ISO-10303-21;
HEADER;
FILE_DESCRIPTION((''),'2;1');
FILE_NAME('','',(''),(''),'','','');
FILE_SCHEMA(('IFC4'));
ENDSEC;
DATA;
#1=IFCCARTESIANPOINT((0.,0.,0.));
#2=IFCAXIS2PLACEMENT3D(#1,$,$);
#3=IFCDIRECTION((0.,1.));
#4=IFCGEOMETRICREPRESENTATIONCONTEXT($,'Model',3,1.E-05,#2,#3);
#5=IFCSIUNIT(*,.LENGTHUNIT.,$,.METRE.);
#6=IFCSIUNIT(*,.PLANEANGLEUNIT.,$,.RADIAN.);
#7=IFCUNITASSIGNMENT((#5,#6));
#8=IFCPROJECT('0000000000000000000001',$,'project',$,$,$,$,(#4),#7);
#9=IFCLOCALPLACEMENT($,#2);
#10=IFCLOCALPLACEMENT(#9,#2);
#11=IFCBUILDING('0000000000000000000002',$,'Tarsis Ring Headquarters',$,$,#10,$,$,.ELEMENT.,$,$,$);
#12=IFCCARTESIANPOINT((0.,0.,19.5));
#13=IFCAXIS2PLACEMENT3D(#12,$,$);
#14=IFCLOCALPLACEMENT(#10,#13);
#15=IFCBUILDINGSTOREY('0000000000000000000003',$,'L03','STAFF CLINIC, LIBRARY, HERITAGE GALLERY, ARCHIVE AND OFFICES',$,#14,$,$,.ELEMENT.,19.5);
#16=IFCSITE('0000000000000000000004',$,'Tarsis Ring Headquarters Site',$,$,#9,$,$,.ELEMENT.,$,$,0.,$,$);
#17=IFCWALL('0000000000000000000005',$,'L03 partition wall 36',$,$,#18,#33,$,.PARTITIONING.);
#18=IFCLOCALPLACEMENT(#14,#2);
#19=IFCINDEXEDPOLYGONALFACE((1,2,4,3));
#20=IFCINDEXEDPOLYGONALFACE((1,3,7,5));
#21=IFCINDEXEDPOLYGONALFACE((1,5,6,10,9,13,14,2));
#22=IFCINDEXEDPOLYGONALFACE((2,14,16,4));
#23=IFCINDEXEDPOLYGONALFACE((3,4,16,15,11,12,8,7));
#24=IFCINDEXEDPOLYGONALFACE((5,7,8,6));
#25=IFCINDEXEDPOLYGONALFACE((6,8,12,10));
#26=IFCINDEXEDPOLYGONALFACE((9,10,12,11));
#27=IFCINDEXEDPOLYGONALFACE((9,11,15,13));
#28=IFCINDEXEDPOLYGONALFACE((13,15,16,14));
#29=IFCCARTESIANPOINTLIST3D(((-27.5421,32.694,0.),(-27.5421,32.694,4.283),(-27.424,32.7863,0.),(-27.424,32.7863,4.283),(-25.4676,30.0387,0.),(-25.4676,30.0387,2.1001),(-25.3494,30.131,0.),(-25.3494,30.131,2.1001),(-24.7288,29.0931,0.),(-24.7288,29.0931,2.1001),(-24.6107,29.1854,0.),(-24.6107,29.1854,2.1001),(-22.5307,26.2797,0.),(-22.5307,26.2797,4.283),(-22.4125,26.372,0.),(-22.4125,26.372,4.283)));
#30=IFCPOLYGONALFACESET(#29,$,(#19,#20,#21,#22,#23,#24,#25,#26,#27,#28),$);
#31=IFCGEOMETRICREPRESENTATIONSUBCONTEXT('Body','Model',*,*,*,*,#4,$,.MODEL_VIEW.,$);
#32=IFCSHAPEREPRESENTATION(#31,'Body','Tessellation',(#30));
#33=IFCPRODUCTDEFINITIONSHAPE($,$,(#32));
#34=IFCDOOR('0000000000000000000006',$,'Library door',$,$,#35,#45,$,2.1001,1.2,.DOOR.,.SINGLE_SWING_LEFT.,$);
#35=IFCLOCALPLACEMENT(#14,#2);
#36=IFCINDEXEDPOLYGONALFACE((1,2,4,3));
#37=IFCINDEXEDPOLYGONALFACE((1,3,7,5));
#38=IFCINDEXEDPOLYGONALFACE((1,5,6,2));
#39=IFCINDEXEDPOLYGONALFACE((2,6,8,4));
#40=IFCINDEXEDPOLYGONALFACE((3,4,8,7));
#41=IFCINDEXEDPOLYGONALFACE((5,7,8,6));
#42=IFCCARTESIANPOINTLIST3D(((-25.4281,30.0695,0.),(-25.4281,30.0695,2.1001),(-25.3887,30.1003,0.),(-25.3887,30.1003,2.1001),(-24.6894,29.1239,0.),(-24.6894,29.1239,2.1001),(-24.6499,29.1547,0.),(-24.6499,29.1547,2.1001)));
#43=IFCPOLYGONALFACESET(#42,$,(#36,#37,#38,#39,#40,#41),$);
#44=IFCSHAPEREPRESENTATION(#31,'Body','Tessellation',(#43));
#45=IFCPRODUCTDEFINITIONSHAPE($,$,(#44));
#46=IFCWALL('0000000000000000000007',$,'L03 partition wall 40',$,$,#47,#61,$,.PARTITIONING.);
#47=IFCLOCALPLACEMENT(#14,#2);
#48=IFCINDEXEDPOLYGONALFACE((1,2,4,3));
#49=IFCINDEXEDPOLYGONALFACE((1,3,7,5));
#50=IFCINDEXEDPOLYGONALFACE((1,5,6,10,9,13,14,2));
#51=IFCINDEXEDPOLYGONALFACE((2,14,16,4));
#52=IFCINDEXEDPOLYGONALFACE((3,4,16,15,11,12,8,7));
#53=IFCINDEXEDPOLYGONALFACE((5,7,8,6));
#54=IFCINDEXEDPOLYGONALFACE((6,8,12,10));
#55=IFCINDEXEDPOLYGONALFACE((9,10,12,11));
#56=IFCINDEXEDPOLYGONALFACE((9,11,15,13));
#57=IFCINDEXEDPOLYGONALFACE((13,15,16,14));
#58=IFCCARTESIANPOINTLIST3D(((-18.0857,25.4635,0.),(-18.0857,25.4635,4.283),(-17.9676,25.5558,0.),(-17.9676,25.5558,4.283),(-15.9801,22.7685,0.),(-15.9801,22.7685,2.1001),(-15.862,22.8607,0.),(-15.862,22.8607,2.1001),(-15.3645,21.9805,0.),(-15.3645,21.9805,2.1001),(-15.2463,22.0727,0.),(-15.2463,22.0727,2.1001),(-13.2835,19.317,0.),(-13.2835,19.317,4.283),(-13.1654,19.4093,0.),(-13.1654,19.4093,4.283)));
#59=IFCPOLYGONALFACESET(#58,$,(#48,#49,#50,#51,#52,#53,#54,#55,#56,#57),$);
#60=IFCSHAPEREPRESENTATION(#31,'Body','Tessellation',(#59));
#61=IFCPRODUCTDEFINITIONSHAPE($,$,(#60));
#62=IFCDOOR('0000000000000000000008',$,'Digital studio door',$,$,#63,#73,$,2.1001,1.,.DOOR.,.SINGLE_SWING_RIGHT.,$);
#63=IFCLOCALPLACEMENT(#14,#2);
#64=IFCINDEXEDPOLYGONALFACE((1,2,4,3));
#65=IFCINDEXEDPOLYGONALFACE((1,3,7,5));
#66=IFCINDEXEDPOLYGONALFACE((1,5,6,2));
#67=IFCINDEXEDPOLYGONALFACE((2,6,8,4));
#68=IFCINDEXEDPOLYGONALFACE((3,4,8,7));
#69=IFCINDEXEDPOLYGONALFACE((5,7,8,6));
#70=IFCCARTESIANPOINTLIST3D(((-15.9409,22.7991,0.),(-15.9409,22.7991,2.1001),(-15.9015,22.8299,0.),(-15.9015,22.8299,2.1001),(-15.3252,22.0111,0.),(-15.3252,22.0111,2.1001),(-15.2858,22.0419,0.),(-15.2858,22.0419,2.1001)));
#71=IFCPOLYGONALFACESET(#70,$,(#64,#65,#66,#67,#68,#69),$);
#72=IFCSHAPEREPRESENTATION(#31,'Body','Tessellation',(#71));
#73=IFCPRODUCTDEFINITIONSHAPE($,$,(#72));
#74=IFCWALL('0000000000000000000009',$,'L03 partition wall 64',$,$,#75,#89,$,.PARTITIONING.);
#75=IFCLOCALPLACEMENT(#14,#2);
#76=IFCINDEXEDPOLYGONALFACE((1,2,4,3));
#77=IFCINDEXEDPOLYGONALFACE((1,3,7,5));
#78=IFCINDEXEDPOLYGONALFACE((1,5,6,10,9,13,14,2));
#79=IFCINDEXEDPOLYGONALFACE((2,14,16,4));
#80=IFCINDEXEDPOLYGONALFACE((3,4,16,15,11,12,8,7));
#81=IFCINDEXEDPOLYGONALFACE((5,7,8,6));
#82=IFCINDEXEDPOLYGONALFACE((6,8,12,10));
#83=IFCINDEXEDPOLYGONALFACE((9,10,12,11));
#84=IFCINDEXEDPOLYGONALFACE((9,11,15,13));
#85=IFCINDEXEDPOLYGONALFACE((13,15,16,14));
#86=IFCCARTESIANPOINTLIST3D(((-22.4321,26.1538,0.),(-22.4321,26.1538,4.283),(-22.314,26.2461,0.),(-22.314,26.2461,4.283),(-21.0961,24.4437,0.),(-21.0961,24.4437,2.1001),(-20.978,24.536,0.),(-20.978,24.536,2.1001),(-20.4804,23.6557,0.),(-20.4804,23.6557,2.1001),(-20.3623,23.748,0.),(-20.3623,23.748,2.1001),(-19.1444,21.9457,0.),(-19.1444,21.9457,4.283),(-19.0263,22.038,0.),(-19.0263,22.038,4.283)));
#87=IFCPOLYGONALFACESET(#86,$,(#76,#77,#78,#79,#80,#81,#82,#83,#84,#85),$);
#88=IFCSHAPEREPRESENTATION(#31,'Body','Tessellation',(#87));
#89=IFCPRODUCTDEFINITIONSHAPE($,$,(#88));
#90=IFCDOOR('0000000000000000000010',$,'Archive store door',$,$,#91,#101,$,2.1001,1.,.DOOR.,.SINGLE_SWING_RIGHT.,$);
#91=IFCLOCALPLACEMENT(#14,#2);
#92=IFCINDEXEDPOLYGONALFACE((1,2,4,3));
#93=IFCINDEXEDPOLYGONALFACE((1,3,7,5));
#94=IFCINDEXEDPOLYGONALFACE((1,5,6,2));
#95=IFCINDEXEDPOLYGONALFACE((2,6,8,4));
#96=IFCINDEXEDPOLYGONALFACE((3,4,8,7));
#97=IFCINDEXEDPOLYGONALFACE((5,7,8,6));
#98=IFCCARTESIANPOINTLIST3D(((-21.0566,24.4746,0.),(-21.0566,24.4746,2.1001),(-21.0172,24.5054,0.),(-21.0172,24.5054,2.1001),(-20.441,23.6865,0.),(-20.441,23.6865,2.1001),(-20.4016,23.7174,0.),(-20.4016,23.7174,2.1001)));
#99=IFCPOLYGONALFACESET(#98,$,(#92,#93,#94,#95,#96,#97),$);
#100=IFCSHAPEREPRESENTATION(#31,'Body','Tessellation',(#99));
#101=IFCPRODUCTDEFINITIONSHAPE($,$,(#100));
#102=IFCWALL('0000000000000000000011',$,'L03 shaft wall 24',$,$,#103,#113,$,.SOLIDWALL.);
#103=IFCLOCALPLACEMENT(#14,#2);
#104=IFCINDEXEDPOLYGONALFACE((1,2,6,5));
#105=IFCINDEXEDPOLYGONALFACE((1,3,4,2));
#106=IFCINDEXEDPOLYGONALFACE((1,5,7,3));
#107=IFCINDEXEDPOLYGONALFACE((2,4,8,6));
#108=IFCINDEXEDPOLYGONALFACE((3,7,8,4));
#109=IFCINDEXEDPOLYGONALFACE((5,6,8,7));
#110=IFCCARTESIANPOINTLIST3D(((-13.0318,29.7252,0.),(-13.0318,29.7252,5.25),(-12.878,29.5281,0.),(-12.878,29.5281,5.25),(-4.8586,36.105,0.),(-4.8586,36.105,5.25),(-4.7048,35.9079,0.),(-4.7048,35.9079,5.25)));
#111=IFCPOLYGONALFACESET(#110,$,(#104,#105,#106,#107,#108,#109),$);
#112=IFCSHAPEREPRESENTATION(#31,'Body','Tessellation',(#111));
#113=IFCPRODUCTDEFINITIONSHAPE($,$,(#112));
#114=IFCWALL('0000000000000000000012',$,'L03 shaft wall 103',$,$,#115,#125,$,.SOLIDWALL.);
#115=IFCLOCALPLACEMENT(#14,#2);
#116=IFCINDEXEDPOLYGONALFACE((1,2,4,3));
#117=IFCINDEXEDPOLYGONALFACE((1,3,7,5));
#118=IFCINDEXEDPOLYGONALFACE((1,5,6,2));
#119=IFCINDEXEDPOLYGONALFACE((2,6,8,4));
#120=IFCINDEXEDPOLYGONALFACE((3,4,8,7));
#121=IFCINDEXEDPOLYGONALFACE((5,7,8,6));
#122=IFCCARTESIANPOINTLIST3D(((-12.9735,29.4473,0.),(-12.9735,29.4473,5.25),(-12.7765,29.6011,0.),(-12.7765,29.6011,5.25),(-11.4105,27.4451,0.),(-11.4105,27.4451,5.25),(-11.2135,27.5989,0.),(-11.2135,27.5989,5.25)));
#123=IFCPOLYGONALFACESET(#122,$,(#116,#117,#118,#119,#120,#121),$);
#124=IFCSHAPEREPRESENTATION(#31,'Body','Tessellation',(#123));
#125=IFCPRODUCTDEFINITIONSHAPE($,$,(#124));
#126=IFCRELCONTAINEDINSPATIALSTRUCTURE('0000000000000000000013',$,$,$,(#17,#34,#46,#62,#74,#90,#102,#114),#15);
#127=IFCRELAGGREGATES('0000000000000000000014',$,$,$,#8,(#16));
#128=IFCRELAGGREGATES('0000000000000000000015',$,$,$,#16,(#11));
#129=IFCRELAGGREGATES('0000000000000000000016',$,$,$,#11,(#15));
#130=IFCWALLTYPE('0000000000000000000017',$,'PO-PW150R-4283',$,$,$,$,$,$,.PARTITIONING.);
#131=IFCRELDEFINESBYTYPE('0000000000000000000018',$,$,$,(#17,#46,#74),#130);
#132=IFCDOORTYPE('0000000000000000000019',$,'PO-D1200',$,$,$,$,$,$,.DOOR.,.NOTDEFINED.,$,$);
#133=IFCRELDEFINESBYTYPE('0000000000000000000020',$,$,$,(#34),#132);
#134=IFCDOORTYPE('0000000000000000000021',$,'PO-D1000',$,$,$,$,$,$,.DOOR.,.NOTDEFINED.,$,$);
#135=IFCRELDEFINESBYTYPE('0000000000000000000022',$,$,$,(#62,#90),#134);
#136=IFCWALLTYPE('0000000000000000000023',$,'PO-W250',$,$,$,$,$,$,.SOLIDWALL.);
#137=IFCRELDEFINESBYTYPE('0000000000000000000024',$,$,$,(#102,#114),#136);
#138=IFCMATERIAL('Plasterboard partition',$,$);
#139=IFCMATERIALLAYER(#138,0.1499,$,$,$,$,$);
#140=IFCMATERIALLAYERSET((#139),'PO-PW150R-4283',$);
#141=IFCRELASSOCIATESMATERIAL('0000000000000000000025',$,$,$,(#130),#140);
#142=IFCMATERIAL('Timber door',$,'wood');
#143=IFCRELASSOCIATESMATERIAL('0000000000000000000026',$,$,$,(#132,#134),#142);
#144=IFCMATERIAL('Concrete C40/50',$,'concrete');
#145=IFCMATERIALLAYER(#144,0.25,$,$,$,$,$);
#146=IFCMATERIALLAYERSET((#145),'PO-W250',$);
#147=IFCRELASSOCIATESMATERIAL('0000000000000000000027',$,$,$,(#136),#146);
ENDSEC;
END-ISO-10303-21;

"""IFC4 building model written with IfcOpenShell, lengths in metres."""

from ifc_helpers import new_model, si_unit, direction, frame, frame_2d, origin, place, context, subcontext, project, spatial, rectangle, extrude, material, layer, layer_set, type_object, element, fill, save


model = new_model("IFC4")

# Units and contexts
model_context = context("Model", 3, precision=1e-05, world=origin(), true_north=direction((0.0, 1.0)))
body_context = subcontext(model_context, "Body", "Model", "MODEL_VIEW")
ifc_project = project(units=[si_unit("LENGTHUNIT", "METRE"), si_unit("PLANEANGLEUNIT", "RADIAN")], contexts=[model_context])

# Site, building, storey
site_placement = place(None, origin())
site = spatial("IfcSite", under=ifc_project, at=site_placement, Name="Tarsis Ring Headquarters Site", CompositionType="ELEMENT", RefElevation=0.0)
building_placement = place(site_placement, origin())
building = spatial("IfcBuilding", under=site, at=building_placement, Name="Tarsis Ring Headquarters", CompositionType="ELEMENT")
storey_placement = place(building_placement, frame((0.0, 0.0, 19.5)))
storey = spatial("IfcBuildingStorey", under=building, at=storey_placement, Name="L03", Description="STAFF CLINIC, LIBRARY, HERITAGE GALLERY, ARCHIVE AND OFFICES", CompositionType="ELEMENT", Elevation=19.5)

# Shared definitions
ifc_material_1 = material(Name="Concrete C40/50", Category="concrete")

# Shared definitions
ifc_material_2 = material(Name="Plasterboard partition")

# Walls, openings, doors
ifc_layer_1 = layer(ifc_material_2, 0.1499)
ifc_layer_set_1 = layer_set([ifc_layer_1], Name="PO-PW150R-4283")
wall_type_1 = type_object("IfcWallType", Name="PO-PW150R-4283", PredefinedType="PARTITIONING", material=ifc_layer_set_1)
ifc_material_3 = material(Name="Timber door", Category="wood")
door_type_1 = type_object("IfcDoorType", Name="PO-D1200", OperationType="NOTDEFINED", PredefinedType="DOOR", material=ifc_material_3)
wall_1_placement = place(storey_placement, frame((-22.4717, 26.3259, 0.0), z_axis=(0.0, 0.0, 1.0), x_axis=(-0.615667, 0.788007, 0.0)))
wall_1 = element("IfcWall", 1, at=wall_1_placement, inside=storey, type_object=wall_type_1, Name="L03 partition wall 36", PredefinedType="PARTITIONING", context=body_context, shape_type="SweptSolid", body=[
    extrude(rectangle(XDim=8.1399, YDim=0.1499, at=frame_2d((4.0698, 0.0))), origin(), (0.0, 0.0, 1.0), 4.283),
])
opening_1_placement = place(wall_1_placement, frame((3.5701, 0.0, 0.0)))
opening_1 = element("IfcOpeningElement", 2, at=opening_1_placement, cuts=wall_1, PredefinedType="OPENING", context=body_context, shape_type="SweptSolid", body=[
    extrude(rectangle(XDim=1.2, YDim=2.1001, at=frame_2d((0.6001, 1.05))), frame((0.0, 0.085, 0.0), z_axis=(0.0, -1.0, 0.0), x_axis=(1.0, 0.0, 0.0)), (0.0, 0.0, 1.0), 0.1699),
])
door_1_placement = place(opening_1_placement, origin())
door_1 = element("IfcDoor", 3, at=door_1_placement, inside=storey, type_object=door_type_1, Name="Library door", OperationType="SINGLE_SWING_LEFT", OverallHeight=2.1001, OverallWidth=1.2, PredefinedType="DOOR", context=body_context, shape_type="SweptSolid", body=[
    extrude(rectangle(XDim=1.2, YDim=2.1001, at=frame_2d((0.6001, 1.05))), frame((0.0, 0.0249, 0.0), z_axis=(0.0, -1.0, 0.0), x_axis=(1.0, 0.0, 0.0)), (0.0, 0.0, 1.0), 0.05),
])
fill(opening_1, door_1)
wall_2_placement = place(storey_placement, frame((-18.0266, 25.5095, 0.0), z_axis=(0.0, 0.0, 1.0), x_axis=(0.615668, -0.788005, 0.0)))
wall_2 = element("IfcWall", 4, at=wall_2_placement, inside=storey, type_object=wall_type_1, Name="L03 partition wall 40", PredefinedType="PARTITIONING", context=body_context, shape_type="SweptSolid", body=[
    extrude(rectangle(XDim=7.8, YDim=0.1499, at=frame_2d((3.8999, 0.0))), origin(), (0.0, 0.0, 1.0), 4.283),
])
opening_2_placement = place(wall_2_placement, frame((3.4199, 0.0, 0.0)))
opening_2 = element("IfcOpeningElement", 5, at=opening_2_placement, cuts=wall_2, PredefinedType="OPENING", context=body_context, shape_type="SweptSolid", body=[
    extrude(rectangle(XDim=1.0, YDim=2.1001, at=frame_2d((0.5, 1.05))), frame((0.0, 0.085, 0.0), z_axis=(0.0, -1.0, 0.0), x_axis=(1.0, 0.0, 0.0)), (0.0, 0.0, 1.0), 0.1699),
])
door_type_2 = type_object("IfcDoorType", Name="PO-D1000", OperationType="NOTDEFINED", PredefinedType="DOOR", material=ifc_material_3)
door_2_placement = place(opening_2_placement, origin())
door_2 = element("IfcDoor", 6, at=door_2_placement, inside=storey, type_object=door_type_2, Name="Digital studio door", OperationType="SINGLE_SWING_RIGHT", OverallHeight=2.1001, OverallWidth=1.0, PredefinedType="DOOR", context=body_context, shape_type="SweptSolid", body=[
    extrude(rectangle(XDim=1.0, YDim=2.1001, at=frame_2d((0.5, 1.05))), frame((0.0, 0.0249, 0.0), z_axis=(0.0, -1.0, 0.0), x_axis=(1.0, 0.0, 0.0)), (0.0, 0.0, 1.0), 0.05),
])
fill(opening_2, door_2)
wall_3_placement = place(storey_placement, frame((-19.0854, 21.9919, 0.0), z_axis=(0.0, 0.0, 1.0), x_axis=(-0.615655, 0.788016, 0.0)))
wall_3 = element("IfcWall", 7, at=wall_3_placement, inside=storey, type_object=wall_type_1, Name="L03 partition wall 64", PredefinedType="PARTITIONING", context=body_context, shape_type="SweptSolid", body=[
    extrude(rectangle(XDim=5.3401, YDim=0.1499, at=frame_2d((2.6699, 0.0))), origin(), (0.0, 0.0, 1.0), 4.283),
])
opening_3_placement = place(wall_3_placement, frame((2.1699, 0.0, 0.0)))
opening_3 = element("IfcOpeningElement", 8, at=opening_3_placement, cuts=wall_3, PredefinedType="OPENING", context=body_context, shape_type="SweptSolid", body=[
    extrude(rectangle(XDim=1.0, YDim=2.1001, at=frame_2d((0.5, 1.05))), frame((0.0, 0.085, 0.0), z_axis=(0.0, -1.0, 0.0), x_axis=(1.0, 0.0, 0.0)), (0.0, 0.0, 1.0), 0.1699),
])
door_3_placement = place(opening_3_placement, origin())
door_3 = element("IfcDoor", 9, at=door_3_placement, inside=storey, type_object=door_type_2, Name="Archive store door", OperationType="SINGLE_SWING_RIGHT", OverallHeight=2.1001, OverallWidth=1.0, PredefinedType="DOOR", context=body_context, shape_type="SweptSolid", body=[
    extrude(rectangle(XDim=1.0, YDim=2.1001, at=frame_2d((0.5, 1.05))), frame((0.0, 0.0249, 0.0), z_axis=(0.0, -1.0, 0.0), x_axis=(1.0, 0.0, 0.0)), (0.0, 0.0, 1.0), 0.05),
])
fill(opening_3, door_3)

# Walls
ifc_layer_2 = layer(ifc_material_1, 0.25)
ifc_layer_set_2 = layer_set([ifc_layer_2], Name="PO-W250")
wall_type_2 = type_object("IfcWallType", Name="PO-W250", PredefinedType="SOLIDWALL", material=ifc_layer_set_2)
wall_4_placement = place(storey_placement, frame((-12.9548, 29.6267, 0.0), z_axis=(0.0, 0.0, 1.0), x_axis=(0.788283, 0.615312, 0.0)))
element("IfcWall", 10, at=wall_4_placement, inside=storey, type_object=wall_type_2, Name="L03 shaft wall 24", PredefinedType="SOLIDWALL", context=body_context, shape_type="SweptSolid", body=[
    extrude(rectangle(XDim=10.3684, YDim=0.25, at=frame_2d((5.1841, 0.0))), origin(), (0.0, 0.0, 1.0), 5.25),
])
wall_5_placement = place(storey_placement, frame((-11.312, 27.522, 0.0), z_axis=(0.0, 0.0, 1.0), x_axis=(-0.615344, 0.788259, 0.0)))
element("IfcWall", 11, at=wall_5_placement, inside=storey, type_object=wall_type_2, Name="L03 shaft wall 103", PredefinedType="SOLIDWALL", context=body_context, shape_type="SweptSolid", body=[
    extrude(rectangle(XDim=2.54, YDim=0.25, at=frame_2d((1.27, 0.0))), origin(), (0.0, 0.0, 1.0), 5.25),
])

save(model, "model.ifc")
